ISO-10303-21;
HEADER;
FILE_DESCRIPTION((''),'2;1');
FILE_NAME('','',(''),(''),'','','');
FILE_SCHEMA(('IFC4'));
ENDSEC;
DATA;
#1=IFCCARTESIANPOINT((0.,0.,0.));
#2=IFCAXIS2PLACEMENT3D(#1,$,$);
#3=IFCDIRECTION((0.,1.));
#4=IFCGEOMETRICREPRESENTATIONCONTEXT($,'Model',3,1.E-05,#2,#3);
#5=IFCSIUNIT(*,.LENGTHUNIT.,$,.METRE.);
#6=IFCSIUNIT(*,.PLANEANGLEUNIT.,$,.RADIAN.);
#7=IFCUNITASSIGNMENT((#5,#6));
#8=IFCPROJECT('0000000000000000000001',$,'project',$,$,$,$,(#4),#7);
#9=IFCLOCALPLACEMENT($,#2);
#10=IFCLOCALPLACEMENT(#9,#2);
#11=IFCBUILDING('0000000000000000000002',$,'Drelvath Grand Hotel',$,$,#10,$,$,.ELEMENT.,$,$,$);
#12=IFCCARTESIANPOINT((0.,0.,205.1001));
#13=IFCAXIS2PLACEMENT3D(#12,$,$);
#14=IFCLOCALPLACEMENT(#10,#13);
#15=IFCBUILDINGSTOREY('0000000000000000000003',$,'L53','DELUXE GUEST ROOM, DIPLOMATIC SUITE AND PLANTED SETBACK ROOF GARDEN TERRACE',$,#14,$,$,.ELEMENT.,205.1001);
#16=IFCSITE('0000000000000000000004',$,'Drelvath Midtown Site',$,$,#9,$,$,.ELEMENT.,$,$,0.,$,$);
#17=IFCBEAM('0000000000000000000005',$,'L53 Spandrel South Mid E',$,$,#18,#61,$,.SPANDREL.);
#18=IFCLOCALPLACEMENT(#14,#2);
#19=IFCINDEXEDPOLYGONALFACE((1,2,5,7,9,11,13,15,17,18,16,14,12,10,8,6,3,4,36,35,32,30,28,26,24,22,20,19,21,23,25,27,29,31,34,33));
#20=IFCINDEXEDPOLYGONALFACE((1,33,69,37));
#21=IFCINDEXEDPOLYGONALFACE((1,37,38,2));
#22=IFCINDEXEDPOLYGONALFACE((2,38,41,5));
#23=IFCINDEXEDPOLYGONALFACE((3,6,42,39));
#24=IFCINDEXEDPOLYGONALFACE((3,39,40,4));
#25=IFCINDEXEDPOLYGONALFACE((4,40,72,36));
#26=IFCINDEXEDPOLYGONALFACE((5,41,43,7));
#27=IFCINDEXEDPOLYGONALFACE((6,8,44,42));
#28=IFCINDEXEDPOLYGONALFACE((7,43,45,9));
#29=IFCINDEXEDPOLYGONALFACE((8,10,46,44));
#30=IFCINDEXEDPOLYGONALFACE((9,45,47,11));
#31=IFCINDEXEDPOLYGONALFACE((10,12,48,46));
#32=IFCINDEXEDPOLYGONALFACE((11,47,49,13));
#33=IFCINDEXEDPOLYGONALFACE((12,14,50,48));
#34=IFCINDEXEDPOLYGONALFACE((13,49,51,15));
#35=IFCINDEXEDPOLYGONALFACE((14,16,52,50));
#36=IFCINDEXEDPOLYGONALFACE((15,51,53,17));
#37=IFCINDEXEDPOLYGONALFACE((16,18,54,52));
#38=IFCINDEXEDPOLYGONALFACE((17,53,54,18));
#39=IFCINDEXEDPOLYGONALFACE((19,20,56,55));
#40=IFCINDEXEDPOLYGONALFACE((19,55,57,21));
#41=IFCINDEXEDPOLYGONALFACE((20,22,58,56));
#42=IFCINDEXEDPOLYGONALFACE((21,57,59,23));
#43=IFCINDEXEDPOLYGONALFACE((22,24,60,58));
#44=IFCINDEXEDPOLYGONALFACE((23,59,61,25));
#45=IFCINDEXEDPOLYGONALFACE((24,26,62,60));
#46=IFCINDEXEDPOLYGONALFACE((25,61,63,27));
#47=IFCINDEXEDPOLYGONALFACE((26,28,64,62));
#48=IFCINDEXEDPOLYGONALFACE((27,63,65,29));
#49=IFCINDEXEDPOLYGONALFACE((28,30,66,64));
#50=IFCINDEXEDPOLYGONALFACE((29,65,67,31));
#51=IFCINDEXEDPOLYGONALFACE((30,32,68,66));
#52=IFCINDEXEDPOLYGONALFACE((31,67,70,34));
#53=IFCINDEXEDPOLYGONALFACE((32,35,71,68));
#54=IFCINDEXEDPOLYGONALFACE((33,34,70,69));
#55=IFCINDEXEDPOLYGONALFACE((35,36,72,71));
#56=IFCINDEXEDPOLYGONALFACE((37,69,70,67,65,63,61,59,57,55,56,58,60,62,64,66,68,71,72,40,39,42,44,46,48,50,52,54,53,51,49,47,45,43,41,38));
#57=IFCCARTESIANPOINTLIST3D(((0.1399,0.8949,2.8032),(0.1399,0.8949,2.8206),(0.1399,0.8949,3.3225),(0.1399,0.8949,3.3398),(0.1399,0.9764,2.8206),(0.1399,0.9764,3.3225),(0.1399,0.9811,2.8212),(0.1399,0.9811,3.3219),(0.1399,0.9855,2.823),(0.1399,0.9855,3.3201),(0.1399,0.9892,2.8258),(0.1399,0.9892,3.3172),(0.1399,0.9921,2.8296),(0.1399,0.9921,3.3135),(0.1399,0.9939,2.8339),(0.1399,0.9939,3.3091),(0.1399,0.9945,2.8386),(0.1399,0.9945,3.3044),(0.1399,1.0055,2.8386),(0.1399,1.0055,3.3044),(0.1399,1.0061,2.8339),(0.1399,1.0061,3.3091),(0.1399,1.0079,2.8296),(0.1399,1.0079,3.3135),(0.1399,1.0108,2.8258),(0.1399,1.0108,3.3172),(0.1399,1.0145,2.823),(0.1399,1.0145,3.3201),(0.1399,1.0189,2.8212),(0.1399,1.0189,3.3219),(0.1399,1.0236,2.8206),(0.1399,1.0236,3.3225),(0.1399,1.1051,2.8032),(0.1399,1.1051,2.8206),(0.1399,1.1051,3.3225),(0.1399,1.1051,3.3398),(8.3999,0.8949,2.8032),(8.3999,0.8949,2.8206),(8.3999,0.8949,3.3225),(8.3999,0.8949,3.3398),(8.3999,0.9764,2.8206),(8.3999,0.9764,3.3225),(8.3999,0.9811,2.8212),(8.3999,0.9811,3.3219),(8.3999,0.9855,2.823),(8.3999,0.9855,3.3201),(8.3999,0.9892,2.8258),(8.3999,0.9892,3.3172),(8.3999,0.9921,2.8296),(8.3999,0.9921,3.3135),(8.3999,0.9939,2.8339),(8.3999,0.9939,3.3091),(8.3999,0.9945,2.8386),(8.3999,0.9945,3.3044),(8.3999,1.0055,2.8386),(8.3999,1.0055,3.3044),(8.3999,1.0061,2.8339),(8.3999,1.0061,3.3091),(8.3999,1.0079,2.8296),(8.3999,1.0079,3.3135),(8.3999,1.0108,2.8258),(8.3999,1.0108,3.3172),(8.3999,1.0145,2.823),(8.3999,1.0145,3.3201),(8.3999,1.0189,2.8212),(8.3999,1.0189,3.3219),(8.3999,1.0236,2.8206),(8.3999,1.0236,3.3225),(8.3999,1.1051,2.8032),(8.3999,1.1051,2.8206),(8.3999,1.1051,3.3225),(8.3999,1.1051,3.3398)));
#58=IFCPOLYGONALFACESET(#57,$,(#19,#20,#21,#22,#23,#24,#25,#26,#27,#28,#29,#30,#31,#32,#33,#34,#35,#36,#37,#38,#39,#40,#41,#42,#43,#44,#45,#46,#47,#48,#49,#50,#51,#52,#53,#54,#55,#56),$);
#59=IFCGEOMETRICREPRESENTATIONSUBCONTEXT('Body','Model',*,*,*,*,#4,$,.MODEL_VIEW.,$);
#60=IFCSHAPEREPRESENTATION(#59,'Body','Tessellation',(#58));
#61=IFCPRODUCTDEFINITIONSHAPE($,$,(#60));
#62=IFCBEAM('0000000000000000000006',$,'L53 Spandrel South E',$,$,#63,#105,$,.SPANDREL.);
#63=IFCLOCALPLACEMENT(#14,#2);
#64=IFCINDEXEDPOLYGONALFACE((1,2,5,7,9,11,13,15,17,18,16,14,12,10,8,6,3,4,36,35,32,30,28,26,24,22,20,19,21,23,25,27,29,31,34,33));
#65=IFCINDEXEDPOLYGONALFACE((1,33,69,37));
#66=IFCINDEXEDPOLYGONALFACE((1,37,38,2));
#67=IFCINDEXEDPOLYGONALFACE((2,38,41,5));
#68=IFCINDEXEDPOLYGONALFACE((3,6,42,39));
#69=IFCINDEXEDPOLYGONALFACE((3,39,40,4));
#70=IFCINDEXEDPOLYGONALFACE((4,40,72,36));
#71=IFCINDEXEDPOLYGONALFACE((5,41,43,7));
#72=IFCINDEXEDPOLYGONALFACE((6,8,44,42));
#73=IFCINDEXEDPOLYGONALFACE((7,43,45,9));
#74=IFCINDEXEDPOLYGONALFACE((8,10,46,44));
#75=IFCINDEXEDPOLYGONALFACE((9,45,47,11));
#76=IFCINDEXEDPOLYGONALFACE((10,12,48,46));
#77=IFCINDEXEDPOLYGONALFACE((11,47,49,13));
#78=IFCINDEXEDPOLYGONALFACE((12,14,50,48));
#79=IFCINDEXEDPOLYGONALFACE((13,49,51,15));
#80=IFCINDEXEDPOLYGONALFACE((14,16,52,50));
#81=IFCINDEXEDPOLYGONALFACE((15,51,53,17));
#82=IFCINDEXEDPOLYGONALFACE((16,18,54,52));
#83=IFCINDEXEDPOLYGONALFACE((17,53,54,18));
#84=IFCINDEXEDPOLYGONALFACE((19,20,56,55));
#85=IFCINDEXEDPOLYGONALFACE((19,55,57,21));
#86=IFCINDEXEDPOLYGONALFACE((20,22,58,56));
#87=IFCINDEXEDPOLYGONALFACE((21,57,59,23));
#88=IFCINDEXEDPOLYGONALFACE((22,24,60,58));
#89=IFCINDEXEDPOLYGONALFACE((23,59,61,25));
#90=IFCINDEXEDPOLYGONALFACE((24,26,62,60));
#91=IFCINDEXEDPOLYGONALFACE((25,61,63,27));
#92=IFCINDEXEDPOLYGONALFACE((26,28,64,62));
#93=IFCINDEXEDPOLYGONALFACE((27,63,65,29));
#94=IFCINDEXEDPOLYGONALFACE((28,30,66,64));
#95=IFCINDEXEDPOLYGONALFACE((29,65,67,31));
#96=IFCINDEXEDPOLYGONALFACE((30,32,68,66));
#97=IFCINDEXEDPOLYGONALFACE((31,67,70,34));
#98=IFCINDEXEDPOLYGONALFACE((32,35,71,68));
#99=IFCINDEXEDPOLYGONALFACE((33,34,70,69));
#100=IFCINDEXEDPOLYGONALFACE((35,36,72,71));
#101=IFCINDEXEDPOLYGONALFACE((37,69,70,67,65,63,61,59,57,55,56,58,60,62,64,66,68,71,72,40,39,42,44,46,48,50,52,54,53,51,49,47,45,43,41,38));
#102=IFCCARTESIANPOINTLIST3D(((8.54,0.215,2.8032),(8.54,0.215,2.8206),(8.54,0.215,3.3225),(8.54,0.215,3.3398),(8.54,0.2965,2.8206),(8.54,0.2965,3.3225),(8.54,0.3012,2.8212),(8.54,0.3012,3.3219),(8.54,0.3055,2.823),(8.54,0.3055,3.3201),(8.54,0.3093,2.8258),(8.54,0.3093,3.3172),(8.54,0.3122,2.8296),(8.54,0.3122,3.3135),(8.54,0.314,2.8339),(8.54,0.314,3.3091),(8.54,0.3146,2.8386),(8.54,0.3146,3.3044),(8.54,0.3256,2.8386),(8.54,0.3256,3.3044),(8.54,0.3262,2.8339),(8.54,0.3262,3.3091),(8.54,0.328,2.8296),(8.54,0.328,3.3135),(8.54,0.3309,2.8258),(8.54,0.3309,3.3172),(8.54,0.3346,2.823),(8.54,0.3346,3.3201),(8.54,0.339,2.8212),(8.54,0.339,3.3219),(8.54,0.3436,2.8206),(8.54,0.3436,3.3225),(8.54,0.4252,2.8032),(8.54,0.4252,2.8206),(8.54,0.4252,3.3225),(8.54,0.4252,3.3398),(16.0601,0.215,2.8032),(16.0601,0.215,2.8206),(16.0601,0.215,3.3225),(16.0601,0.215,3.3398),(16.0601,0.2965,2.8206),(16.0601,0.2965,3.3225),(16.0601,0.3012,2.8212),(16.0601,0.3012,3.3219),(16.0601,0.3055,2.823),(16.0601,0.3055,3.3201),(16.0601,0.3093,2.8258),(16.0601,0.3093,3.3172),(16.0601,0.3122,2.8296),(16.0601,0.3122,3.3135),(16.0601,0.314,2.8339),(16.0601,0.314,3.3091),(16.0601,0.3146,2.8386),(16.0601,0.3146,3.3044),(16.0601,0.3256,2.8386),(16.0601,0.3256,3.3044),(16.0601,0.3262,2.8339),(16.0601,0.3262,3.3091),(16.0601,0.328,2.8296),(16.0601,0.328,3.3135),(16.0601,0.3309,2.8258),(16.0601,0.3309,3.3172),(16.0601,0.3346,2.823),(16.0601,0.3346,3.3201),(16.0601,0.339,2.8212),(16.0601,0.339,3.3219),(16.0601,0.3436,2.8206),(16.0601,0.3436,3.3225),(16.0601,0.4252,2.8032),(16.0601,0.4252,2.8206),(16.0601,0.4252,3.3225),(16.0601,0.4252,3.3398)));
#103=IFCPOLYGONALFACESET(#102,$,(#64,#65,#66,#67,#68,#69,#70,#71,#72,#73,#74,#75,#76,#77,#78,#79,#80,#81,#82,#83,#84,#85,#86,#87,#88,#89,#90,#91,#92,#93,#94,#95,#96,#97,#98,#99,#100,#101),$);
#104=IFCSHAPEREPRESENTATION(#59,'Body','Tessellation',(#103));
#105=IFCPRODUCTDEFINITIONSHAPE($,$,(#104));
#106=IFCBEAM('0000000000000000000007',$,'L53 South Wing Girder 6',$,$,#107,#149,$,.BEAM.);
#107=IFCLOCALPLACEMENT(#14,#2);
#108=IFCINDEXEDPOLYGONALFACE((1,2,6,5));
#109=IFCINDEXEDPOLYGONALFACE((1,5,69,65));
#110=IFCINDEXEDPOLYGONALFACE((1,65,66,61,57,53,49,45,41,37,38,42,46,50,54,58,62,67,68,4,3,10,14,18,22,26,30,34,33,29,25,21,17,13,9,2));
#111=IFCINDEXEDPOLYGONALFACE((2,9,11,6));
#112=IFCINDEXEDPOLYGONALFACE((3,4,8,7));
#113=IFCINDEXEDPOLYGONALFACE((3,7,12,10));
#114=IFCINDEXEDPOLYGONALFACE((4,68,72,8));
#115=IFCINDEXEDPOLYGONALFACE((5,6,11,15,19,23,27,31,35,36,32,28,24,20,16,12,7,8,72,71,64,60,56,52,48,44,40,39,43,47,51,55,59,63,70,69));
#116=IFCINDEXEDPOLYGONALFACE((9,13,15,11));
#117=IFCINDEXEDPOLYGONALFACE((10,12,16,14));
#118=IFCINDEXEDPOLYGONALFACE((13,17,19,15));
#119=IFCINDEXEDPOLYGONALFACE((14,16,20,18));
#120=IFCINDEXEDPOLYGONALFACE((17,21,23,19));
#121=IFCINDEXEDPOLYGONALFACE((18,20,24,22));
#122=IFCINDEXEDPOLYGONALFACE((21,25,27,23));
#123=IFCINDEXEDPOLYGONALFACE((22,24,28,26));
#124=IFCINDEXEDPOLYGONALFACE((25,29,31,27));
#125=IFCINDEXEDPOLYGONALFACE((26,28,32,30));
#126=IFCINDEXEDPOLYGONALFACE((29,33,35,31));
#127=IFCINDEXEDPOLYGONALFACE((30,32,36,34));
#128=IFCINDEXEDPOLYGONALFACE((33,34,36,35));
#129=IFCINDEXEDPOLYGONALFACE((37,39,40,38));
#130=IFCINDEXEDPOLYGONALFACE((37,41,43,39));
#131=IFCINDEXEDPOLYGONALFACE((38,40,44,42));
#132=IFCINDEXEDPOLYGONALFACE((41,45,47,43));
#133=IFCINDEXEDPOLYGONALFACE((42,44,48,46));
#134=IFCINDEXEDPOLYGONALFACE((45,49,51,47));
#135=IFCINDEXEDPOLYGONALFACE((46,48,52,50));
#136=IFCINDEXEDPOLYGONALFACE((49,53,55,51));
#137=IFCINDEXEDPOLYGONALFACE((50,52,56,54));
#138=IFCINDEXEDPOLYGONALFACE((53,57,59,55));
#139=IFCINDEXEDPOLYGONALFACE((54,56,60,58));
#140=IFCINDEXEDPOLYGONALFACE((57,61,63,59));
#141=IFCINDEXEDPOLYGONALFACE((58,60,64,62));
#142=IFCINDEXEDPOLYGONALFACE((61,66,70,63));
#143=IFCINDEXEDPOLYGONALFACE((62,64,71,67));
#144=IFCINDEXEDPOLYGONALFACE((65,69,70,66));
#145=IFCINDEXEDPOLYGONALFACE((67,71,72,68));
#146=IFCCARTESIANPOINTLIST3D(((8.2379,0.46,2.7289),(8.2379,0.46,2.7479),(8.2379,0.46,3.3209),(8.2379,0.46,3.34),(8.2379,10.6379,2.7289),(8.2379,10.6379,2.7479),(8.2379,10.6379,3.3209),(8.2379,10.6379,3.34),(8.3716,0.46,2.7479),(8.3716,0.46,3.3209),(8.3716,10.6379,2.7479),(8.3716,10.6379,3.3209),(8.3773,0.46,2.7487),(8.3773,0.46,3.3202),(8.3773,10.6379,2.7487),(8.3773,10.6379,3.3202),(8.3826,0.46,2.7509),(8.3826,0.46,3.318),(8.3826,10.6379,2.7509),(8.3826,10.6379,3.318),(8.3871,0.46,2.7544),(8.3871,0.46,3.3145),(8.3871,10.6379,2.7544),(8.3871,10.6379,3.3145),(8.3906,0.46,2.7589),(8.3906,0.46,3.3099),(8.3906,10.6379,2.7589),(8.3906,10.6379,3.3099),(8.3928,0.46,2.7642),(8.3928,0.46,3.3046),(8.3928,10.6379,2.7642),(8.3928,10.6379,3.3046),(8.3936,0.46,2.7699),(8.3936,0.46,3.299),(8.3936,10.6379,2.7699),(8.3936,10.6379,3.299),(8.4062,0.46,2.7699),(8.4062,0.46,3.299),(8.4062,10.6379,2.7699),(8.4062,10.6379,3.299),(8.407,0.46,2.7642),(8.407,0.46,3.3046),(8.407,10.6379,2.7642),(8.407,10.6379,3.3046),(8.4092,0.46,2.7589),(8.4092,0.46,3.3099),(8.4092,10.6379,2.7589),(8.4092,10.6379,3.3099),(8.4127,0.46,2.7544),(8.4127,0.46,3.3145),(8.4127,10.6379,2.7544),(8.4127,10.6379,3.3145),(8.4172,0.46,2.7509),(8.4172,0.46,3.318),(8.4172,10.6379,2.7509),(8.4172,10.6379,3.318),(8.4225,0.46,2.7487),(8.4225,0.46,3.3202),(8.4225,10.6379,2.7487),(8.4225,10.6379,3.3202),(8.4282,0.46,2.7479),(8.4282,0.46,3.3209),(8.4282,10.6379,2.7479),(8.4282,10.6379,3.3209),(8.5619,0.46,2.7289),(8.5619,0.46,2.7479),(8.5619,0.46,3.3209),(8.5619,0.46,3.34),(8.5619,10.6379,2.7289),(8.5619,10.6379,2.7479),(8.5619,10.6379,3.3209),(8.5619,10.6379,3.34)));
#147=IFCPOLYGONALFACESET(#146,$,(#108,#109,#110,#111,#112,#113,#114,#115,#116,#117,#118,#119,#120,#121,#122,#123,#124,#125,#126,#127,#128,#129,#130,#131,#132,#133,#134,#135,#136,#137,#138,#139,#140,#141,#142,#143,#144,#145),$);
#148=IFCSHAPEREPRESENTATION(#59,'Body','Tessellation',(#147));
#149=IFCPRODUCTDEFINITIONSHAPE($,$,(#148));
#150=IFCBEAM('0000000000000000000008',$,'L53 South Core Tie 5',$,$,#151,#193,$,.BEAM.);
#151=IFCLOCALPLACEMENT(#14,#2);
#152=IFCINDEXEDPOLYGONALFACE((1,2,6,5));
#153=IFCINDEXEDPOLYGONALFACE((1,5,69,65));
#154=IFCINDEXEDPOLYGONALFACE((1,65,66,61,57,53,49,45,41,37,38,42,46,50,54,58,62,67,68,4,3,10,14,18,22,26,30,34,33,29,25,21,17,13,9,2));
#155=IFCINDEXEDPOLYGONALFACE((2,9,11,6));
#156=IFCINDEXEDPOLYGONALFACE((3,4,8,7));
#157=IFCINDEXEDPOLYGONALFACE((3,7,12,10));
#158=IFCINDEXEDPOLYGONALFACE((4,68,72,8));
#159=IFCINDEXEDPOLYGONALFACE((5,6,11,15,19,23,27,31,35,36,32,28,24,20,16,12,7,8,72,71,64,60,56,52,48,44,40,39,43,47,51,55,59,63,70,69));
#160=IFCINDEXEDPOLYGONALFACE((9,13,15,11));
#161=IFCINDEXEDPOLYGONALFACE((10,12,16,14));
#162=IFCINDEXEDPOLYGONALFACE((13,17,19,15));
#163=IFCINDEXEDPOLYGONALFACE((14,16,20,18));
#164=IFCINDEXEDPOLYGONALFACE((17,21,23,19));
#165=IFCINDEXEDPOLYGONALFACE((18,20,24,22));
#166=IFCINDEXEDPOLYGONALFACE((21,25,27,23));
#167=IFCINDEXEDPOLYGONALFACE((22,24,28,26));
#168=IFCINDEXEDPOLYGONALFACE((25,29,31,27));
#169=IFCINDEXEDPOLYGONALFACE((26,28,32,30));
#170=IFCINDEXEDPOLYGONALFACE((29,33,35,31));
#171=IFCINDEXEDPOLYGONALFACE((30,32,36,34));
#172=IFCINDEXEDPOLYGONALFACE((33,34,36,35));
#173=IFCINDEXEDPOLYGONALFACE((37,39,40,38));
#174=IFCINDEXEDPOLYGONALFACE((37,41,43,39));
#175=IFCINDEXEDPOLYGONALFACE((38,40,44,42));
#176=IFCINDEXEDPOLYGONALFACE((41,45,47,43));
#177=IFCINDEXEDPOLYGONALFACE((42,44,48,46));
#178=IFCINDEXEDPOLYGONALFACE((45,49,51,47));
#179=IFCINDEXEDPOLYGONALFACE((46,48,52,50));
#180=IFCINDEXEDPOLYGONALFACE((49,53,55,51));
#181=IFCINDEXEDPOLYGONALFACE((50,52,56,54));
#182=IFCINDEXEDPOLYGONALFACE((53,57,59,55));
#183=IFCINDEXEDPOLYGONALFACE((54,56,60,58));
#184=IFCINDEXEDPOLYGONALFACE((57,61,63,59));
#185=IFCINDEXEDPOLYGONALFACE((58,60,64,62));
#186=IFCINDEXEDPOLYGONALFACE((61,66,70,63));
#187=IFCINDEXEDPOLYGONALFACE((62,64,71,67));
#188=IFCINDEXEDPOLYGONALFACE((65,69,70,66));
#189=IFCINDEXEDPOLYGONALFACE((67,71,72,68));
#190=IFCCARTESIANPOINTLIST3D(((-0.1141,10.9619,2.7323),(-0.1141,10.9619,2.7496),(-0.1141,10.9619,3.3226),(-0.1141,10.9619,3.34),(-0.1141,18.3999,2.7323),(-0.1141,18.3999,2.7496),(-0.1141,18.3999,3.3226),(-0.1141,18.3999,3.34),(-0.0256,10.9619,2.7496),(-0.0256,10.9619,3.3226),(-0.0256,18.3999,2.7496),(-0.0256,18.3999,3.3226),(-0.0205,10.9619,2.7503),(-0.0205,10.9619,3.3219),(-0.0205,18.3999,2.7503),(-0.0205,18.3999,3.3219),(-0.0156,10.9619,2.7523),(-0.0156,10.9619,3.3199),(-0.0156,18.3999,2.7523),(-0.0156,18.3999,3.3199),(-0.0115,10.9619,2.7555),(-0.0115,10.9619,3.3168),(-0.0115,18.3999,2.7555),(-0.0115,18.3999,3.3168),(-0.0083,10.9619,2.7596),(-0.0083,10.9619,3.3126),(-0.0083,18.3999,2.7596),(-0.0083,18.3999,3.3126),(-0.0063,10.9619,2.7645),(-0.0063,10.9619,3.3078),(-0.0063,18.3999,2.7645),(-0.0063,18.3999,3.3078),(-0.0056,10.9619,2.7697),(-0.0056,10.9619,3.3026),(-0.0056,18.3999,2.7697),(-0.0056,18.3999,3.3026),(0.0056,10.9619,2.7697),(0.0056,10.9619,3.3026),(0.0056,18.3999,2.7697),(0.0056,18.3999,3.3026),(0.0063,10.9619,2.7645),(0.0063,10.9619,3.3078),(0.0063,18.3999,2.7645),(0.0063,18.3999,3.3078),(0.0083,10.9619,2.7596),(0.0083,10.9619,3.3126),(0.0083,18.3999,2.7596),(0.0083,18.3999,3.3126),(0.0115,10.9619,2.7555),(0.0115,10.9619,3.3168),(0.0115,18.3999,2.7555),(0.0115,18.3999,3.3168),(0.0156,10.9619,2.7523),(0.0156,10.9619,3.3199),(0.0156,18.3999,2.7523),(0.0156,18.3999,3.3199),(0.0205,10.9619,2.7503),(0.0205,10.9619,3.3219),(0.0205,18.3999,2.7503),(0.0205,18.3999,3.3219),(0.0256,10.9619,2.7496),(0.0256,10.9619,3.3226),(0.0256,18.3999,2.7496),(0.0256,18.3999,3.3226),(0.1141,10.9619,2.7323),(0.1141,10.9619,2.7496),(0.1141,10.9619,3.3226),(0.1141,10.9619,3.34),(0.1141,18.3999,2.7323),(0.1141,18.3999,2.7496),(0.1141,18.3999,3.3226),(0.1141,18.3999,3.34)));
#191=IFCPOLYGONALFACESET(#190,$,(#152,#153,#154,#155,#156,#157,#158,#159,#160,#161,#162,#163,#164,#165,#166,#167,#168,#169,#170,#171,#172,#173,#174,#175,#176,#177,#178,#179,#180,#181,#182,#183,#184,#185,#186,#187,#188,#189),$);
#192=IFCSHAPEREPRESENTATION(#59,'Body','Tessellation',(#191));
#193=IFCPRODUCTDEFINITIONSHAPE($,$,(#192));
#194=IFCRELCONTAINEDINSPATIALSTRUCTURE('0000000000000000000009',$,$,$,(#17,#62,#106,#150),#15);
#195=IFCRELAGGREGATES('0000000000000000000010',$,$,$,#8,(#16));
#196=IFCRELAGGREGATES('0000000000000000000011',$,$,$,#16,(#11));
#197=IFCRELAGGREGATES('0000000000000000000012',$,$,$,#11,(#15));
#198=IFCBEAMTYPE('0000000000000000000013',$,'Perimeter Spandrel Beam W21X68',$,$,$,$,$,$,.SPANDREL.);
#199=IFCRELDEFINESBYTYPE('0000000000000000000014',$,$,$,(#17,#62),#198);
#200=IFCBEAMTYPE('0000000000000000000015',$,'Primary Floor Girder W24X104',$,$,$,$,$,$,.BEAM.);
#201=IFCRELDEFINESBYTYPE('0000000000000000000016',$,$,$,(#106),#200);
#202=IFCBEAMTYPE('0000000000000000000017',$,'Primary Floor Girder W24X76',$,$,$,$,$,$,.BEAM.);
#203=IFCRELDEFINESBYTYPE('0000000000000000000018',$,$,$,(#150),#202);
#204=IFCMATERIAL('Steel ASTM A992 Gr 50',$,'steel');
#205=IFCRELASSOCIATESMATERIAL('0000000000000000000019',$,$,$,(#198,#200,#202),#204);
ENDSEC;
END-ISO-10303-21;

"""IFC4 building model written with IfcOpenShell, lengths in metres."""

from ifc_helpers import new_model, si_unit, direction, frame, origin, origin_2d, place, context, subcontext, project, spatial, i_section, extrude, material, material_profile, profile_set, type_object, element, save


model = new_model("IFC4")

# Units and contexts
model_context = context("Model", 3, precision=1e-05, world=origin(), true_north=direction((0.0, 1.0)))
body_context = subcontext(model_context, "Body", "Model", "MODEL_VIEW")
ifc_project = project(units=[si_unit("LENGTHUNIT", "METRE"), si_unit("PLANEANGLEUNIT", "RADIAN")], contexts=[model_context])

# Site, building, storey
site_placement = place(None, origin())
site = spatial("IfcSite", under=ifc_project, at=site_placement, Name="Drelvath Midtown Site", CompositionType="ELEMENT", RefElevation=0.0)
building_placement = place(site_placement, origin())
building = spatial("IfcBuilding", under=site, at=building_placement, Name="Drelvath Grand Hotel", CompositionType="ELEMENT")
storey_placement = place(building_placement, frame((0.0, 0.0, 205.1001)))
storey = spatial("IfcBuildingStorey", under=building, at=storey_placement, Name="L53", Description="DELUXE GUEST ROOM, DIPLOMATIC SUITE AND PLANTED SETBACK ROOF GARDEN TERRACE", CompositionType="ELEMENT", Elevation=205.1001)

# Beams
ifc_material_1 = material(Name="Steel ASTM A992 Gr 50", Category="steel")
ifc_material_profile_1 = material_profile(ifc_material_1, i_section(OverallWidth=0.2102, OverallDepth=0.5366, WebThickness=0.011, FlangeThickness=0.0173, FilletRadius=0.0181, at=origin_2d()), Name="W21X68")
ifc_profile_set_1 = profile_set([ifc_material_profile_1], Name="Steel ASTM A992 Gr 50")
beam_type_1 = type_object("IfcBeamType", Name="Perimeter Spandrel Beam W21X68", PredefinedType="SPANDREL", material=ifc_profile_set_1)
beam_1_placement = place(storey_placement, frame((0.1399, 1.0, 3.0715), z_axis=(1.0, 0.0, 0.0), x_axis=(0.0, 1.0, 0.0)))
element("IfcBeam", 1, at=beam_1_placement, inside=storey, type_object=beam_type_1, Name="L53 Spandrel South Mid E", PredefinedType="SPANDREL", context=body_context, shape_type="SweptSolid", body=[
    extrude(i_section(OverallWidth=0.2102, OverallDepth=0.5366, WebThickness=0.011, FlangeThickness=0.0173, FilletRadius=0.0181, at=origin_2d()), origin(), (0.0, 0.0, 1.0), 8.26),
])
beam_2_placement = place(storey_placement, frame((8.54, 0.3201, 3.0715), z_axis=(1.0, 0.0, 0.0), x_axis=(0.0, 1.0, 0.0)))
element("IfcBeam", 2, at=beam_2_placement, inside=storey, type_object=beam_type_1, Name="L53 Spandrel South E", PredefinedType="SPANDREL", context=body_context, shape_type="SweptSolid", body=[
    extrude(i_section(OverallWidth=0.2102, OverallDepth=0.5366, WebThickness=0.011, FlangeThickness=0.0173, FilletRadius=0.0181, at=origin_2d()), origin(), (0.0, 0.0, 1.0), 7.52),
])
ifc_material_profile_2 = material_profile(ifc_material_1, i_section(OverallWidth=0.324, OverallDepth=0.6111, WebThickness=0.0127, FlangeThickness=0.019, FilletRadius=0.022, at=origin_2d()), Name="W24X104")
ifc_profile_set_2 = profile_set([ifc_material_profile_2], Name="Steel ASTM A992 Gr 50")
beam_type_2 = type_object("IfcBeamType", Name="Primary Floor Girder W24X104", PredefinedType="BEAM", material=ifc_profile_set_2)
beam_3_placement = place(storey_placement, frame((8.3999, 0.46, 3.0344), z_axis=(0.0, 1.0, 0.0), x_axis=(-1.0, 0.0, 0.0)))
element("IfcBeam", 3, at=beam_3_placement, inside=storey, type_object=beam_type_2, Name="L53 South Wing Girder 6", PredefinedType="BEAM", context=body_context, shape_type="SweptSolid", body=[
    extrude(i_section(OverallWidth=0.324, OverallDepth=0.6111, WebThickness=0.0127, FlangeThickness=0.019, FilletRadius=0.022, at=origin_2d()), origin(), (0.0, 0.0, 1.0), 10.178),
])
ifc_material_profile_3 = material_profile(ifc_material_1, i_section(OverallWidth=0.2283, OverallDepth=0.6077, WebThickness=0.0112, FlangeThickness=0.0173, FilletRadius=0.02, at=origin_2d()), Name="W24X76")
ifc_profile_set_3 = profile_set([ifc_material_profile_3], Name="Steel ASTM A992 Gr 50")
beam_type_3 = type_object("IfcBeamType", Name="Primary Floor Girder W24X76", PredefinedType="BEAM", material=ifc_profile_set_3)
for number, where, z_axis, x_axis, name in (
    (4, (0.0, 10.9619, 3.0361), (0.0, 1.0, 0.0), (-1.0, 0.0, 0.0), "L53 South Core Tie 5"),
):
    element("IfcBeam", number, at=place(storey_placement, frame(where, z_axis=z_axis, x_axis=x_axis)), inside=storey, type_object=beam_type_3, Name=name, PredefinedType="BEAM", context=body_context, shape_type="SweptSolid", body=[
        extrude(i_section(OverallWidth=0.2283, OverallDepth=0.6077, WebThickness=0.0112, FlangeThickness=0.0173, FilletRadius=0.02, at=origin_2d()), origin(), (0.0, 0.0, 1.0), 7.438),
    ])

save(model, "model.ifc")
